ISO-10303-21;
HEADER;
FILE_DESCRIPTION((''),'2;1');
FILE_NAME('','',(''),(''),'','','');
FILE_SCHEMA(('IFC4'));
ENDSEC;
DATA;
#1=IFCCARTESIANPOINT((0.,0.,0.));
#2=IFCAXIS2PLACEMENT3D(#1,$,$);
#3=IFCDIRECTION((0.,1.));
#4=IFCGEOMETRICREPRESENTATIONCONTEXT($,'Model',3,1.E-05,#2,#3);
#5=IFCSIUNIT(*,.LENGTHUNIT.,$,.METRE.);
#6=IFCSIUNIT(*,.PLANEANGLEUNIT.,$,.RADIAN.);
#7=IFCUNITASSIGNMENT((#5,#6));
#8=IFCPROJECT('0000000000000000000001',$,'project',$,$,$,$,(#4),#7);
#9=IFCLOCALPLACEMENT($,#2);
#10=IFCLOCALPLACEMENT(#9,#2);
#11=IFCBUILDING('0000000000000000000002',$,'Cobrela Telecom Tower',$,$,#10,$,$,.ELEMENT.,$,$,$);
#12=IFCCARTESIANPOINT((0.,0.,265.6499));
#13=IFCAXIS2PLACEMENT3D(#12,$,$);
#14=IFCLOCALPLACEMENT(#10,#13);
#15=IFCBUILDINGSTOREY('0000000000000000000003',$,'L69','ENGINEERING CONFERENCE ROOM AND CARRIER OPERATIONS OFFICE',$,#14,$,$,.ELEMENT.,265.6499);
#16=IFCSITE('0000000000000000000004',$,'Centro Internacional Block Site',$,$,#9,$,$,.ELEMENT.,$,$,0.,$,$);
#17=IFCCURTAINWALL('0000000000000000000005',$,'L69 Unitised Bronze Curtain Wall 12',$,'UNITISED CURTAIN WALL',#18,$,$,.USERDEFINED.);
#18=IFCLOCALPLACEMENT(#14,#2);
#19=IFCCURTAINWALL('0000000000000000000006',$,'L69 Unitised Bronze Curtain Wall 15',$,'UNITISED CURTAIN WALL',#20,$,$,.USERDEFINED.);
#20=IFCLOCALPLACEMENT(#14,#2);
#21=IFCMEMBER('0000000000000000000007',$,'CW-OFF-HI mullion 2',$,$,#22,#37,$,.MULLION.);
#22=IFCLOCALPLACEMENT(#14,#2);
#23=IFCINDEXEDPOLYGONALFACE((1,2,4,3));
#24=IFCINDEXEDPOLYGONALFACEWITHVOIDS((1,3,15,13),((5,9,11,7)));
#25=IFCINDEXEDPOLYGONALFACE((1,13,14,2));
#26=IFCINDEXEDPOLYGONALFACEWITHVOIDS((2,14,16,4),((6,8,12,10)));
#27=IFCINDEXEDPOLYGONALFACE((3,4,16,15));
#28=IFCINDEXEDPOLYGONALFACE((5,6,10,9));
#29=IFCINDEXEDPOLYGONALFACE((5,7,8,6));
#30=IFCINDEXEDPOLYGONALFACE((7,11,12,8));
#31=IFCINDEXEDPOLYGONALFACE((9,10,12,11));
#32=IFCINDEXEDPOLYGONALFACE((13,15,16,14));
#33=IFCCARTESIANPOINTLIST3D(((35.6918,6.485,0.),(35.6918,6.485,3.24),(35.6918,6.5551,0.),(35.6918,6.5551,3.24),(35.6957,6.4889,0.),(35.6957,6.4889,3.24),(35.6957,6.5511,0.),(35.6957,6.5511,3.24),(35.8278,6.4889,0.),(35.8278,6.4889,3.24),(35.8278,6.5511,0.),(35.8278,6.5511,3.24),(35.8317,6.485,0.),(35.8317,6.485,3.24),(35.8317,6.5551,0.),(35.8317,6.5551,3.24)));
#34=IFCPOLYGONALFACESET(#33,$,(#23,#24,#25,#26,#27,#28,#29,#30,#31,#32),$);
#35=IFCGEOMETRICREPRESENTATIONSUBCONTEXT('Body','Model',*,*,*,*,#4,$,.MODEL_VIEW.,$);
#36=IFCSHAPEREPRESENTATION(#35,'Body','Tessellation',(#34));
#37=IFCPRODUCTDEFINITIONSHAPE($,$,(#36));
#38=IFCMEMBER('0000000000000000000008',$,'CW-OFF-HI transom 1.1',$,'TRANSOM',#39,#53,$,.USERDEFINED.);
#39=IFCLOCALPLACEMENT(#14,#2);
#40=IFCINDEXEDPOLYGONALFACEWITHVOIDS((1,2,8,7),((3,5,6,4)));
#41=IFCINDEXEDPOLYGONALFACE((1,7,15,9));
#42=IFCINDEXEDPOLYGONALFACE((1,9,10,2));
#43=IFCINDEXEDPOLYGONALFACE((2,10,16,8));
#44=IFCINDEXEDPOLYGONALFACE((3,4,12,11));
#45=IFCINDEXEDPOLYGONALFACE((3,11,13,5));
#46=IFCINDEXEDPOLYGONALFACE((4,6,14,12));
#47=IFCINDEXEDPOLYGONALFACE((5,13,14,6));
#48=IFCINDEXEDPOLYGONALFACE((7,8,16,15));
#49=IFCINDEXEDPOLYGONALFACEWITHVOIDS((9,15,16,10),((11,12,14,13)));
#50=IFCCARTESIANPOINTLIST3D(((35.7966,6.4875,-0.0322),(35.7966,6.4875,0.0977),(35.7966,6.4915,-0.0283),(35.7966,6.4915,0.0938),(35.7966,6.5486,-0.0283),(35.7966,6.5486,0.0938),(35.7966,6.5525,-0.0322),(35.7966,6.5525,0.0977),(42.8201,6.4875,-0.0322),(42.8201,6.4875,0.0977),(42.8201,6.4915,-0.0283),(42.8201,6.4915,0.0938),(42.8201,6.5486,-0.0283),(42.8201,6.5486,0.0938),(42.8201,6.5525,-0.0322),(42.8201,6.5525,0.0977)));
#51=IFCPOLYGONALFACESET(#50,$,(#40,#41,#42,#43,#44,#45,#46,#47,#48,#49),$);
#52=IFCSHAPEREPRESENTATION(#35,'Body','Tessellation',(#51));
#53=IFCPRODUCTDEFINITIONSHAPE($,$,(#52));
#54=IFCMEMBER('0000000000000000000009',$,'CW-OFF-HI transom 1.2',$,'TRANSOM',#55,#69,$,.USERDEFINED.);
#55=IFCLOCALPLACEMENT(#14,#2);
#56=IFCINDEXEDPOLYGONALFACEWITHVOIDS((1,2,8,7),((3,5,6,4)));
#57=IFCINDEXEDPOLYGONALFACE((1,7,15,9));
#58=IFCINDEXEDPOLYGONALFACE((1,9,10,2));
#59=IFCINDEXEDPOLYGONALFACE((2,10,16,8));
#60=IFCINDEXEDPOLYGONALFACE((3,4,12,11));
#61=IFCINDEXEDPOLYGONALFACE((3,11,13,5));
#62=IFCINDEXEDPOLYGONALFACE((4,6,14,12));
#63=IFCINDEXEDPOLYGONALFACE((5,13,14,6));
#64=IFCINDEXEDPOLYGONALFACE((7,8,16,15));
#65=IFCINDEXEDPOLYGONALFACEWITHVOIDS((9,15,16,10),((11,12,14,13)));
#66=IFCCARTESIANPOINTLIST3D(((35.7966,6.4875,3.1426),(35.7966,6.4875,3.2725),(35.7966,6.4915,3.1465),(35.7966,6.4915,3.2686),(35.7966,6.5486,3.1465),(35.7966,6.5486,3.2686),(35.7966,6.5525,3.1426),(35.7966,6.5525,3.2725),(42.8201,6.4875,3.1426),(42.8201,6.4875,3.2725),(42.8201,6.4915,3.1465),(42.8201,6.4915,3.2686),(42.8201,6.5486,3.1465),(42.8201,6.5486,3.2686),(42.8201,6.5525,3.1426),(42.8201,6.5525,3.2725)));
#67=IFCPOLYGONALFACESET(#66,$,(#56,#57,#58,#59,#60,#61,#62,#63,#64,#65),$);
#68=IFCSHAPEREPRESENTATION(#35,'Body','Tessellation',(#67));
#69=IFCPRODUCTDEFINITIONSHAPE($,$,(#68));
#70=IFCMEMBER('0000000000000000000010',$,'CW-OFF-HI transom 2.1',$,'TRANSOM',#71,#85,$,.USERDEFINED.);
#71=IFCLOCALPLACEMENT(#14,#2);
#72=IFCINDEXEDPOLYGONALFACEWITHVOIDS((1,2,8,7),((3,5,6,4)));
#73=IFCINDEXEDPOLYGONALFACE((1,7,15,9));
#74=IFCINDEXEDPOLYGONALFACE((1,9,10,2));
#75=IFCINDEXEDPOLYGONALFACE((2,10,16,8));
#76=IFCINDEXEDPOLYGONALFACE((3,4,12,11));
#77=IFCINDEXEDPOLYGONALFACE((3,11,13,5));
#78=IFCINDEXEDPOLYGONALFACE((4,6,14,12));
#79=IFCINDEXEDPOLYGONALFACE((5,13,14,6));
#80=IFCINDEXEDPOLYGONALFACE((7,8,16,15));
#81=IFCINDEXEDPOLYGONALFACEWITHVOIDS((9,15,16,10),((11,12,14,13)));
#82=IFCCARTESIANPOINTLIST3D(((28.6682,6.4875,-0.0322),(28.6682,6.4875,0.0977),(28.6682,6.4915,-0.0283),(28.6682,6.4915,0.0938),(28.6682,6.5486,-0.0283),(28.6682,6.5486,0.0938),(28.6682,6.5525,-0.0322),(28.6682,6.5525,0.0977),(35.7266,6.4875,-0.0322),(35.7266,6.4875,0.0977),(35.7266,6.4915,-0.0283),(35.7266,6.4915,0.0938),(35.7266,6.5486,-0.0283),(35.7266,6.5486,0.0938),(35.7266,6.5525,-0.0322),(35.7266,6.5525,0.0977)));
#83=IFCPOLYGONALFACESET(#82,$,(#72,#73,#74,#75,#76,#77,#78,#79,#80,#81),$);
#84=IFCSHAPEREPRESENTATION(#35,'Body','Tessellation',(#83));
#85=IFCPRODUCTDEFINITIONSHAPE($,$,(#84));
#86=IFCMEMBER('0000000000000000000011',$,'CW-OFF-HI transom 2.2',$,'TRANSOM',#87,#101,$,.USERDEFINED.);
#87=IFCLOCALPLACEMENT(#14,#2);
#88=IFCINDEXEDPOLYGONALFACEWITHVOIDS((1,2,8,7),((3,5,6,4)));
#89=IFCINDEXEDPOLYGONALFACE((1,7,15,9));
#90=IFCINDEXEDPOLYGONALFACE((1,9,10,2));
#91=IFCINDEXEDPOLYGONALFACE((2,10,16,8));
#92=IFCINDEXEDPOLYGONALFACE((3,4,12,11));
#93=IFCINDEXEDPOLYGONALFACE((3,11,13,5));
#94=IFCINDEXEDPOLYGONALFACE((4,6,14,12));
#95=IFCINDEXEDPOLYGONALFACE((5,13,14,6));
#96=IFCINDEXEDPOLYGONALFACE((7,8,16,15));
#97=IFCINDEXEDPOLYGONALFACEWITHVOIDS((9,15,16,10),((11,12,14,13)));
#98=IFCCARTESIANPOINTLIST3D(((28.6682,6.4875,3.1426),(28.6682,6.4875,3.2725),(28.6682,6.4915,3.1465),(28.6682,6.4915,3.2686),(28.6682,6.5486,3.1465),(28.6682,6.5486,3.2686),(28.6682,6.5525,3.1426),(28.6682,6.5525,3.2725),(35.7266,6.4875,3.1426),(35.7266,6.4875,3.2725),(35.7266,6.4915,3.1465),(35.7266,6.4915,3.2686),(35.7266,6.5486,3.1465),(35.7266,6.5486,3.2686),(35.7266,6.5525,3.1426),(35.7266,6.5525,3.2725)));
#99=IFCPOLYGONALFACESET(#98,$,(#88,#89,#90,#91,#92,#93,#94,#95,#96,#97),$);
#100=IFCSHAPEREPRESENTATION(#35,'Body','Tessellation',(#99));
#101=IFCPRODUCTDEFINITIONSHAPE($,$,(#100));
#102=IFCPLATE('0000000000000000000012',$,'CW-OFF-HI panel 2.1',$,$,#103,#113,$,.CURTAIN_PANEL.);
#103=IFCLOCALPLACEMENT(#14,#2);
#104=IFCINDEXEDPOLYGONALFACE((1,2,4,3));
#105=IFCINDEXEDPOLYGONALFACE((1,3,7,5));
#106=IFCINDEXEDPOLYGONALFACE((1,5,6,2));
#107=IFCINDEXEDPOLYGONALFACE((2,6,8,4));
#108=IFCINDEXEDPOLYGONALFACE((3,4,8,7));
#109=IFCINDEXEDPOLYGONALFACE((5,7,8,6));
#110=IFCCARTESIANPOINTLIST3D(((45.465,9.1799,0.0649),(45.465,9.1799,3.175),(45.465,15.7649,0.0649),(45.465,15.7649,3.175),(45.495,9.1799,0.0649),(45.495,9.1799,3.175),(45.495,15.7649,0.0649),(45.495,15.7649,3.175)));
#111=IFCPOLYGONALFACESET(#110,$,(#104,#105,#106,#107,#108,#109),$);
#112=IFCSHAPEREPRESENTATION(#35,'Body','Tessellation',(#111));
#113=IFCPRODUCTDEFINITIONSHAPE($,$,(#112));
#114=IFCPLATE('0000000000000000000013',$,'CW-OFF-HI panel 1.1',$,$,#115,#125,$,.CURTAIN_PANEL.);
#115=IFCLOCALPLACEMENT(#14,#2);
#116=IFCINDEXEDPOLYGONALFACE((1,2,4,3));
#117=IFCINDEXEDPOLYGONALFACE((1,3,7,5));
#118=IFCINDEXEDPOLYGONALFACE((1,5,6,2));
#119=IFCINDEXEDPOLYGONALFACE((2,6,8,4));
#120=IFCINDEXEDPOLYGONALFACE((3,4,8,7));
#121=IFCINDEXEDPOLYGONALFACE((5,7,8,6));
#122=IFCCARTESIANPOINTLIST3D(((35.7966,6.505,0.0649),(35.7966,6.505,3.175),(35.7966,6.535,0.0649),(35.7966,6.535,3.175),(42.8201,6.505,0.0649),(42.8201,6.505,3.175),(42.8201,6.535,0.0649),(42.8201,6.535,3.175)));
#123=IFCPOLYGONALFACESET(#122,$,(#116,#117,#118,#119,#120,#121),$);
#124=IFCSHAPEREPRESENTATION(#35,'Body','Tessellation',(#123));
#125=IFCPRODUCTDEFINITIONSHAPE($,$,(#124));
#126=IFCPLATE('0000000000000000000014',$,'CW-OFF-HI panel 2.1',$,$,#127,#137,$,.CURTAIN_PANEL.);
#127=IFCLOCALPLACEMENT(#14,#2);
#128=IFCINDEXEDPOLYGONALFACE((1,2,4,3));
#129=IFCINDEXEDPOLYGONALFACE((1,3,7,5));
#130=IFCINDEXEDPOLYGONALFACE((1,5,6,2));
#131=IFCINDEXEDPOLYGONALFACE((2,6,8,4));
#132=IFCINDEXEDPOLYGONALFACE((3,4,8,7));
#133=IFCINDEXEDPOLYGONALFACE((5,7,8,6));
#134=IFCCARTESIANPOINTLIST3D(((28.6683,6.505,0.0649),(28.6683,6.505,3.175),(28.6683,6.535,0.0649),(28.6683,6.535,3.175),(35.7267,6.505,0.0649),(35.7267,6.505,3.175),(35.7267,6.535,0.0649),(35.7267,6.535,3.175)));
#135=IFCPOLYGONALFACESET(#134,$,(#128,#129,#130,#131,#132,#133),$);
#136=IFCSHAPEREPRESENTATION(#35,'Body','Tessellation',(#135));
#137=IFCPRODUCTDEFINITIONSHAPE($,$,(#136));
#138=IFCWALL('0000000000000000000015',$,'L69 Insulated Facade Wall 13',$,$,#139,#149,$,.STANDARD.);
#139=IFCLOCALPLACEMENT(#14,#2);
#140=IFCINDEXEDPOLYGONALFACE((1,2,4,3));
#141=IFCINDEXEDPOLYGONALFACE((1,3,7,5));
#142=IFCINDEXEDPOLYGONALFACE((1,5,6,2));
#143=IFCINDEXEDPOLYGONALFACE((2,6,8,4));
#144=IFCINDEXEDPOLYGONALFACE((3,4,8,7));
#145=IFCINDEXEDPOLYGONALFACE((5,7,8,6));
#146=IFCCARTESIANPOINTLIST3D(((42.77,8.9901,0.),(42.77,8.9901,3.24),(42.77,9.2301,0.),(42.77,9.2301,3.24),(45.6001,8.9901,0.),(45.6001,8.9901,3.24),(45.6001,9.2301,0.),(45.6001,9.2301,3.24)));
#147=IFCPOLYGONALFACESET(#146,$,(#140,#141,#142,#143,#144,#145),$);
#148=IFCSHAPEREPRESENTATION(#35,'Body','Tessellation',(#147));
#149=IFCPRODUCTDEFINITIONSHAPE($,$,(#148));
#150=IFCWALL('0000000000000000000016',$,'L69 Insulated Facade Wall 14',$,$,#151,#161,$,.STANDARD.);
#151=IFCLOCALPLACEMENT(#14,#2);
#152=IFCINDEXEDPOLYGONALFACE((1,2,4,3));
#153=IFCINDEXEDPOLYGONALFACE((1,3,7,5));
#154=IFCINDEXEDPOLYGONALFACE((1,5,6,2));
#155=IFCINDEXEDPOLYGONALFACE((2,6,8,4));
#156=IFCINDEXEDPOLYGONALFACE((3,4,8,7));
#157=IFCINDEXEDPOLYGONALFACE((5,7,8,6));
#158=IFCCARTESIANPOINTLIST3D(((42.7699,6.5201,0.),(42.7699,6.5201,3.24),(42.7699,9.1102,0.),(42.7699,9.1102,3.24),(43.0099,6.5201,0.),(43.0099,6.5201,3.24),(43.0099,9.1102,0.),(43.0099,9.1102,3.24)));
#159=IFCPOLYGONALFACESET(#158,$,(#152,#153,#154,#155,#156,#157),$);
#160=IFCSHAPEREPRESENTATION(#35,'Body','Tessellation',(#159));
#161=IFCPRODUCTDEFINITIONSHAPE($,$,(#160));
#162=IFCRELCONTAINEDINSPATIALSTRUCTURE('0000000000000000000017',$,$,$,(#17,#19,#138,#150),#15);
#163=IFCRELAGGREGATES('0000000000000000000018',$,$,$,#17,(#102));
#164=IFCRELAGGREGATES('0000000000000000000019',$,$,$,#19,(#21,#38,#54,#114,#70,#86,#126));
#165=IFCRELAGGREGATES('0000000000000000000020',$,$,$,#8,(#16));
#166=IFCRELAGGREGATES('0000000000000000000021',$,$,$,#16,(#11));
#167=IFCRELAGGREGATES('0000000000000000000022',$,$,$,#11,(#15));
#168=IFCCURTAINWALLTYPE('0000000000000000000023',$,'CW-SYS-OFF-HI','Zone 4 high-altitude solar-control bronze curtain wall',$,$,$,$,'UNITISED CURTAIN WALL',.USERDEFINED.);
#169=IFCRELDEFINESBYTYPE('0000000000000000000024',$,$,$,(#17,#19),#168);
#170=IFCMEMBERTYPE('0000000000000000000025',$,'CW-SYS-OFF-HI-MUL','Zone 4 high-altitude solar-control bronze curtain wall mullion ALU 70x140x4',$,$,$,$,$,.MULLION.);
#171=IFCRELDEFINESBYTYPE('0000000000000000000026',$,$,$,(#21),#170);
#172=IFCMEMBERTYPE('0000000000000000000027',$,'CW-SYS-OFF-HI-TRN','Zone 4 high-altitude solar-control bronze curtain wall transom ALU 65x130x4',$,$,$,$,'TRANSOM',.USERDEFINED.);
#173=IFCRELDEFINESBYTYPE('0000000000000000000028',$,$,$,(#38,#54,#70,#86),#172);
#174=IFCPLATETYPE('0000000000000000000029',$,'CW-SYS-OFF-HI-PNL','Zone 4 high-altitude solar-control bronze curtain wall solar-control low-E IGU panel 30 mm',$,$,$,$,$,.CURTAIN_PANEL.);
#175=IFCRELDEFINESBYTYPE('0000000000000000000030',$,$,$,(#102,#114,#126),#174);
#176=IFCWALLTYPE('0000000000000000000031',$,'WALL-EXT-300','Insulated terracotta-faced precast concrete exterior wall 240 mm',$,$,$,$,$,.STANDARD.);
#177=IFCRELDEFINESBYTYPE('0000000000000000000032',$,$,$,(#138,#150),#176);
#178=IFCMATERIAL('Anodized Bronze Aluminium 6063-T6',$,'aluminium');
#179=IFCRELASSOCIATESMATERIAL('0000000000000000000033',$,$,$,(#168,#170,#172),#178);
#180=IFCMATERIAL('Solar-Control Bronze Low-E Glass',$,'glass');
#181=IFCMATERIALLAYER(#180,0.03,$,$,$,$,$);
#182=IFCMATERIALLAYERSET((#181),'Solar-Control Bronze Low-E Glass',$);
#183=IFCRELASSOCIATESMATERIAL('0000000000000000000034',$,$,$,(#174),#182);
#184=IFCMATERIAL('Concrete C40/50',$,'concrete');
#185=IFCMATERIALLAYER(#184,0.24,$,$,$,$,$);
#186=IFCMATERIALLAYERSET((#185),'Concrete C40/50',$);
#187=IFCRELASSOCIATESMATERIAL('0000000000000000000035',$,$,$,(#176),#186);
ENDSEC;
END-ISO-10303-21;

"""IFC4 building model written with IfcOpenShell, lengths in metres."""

from ifc_helpers import new_model, si_unit, direction, frame, frame_2d, origin, origin_2d, place, context, subcontext, project, spatial, rectangle, hollow_rectangle, extrude, material, layer, layer_set, material_profile, profile_set, type_object, element, aggregate, save


model = new_model("IFC4")

# Units and contexts
model_context = context("Model", 3, precision=1e-05, world=origin(), true_north=direction((0.0, 1.0)))
body_context = subcontext(model_context, "Body", "Model", "MODEL_VIEW")
ifc_project = project(units=[si_unit("LENGTHUNIT", "METRE"), si_unit("PLANEANGLEUNIT", "RADIAN")], contexts=[model_context])

# Site, building, storey
site_placement = place(None, origin())
site = spatial("IfcSite", under=ifc_project, at=site_placement, Name="Centro Internacional Block Site", CompositionType="ELEMENT", RefElevation=0.0)
building_placement = place(site_placement, origin())
building = spatial("IfcBuilding", under=site, at=building_placement, Name="Cobrela Telecom Tower", CompositionType="ELEMENT")
storey_placement = place(building_placement, frame((0.0, 0.0, 265.6499)))
storey = spatial("IfcBuildingStorey", under=building, at=storey_placement, Name="L69", Description="ENGINEERING CONFERENCE ROOM AND CARRIER OPERATIONS OFFICE", CompositionType="ELEMENT", Elevation=265.6499)

# Curtain wall
ifc_material_1 = material(Name="Anodized Bronze Aluminium 6063-T6", Category="aluminium")
curtain_wall_type = type_object("IfcCurtainWallType", Name="CW-SYS-OFF-HI", Description="Zone 4 high-altitude solar-control bronze curtain wall", ElementType="UNITISED CURTAIN WALL", PredefinedType="USERDEFINED", material=ifc_material_1)
curtain_wall_1_placement = place(storey_placement, origin())
curtain_wall_1 = element("IfcCurtainWall", 1, at=curtain_wall_1_placement, inside=storey, type_object=curtain_wall_type, Name="L69 Unitised Bronze Curtain Wall 12", ObjectType="UNITISED CURTAIN WALL", PredefinedType="USERDEFINED")
ifc_material_profile_1 = material_profile(ifc_material_1, hollow_rectangle(XDim=0.0701, YDim=0.1399, WallThickness=0.0039, at=origin_2d()), Name="ALU 70x140x4")
ifc_profile_set_1 = profile_set([ifc_material_profile_1], Name="Anodized Bronze Aluminium 6063-T6")
member_type_1 = type_object("IfcMemberType", Name="CW-SYS-OFF-HI-MUL", Description="Zone 4 high-altitude solar-control bronze curtain wall mullion ALU 70x140x4", PredefinedType="MULLION", material=ifc_profile_set_1)

# Curtain wall, members
curtain_wall_2_placement = place(storey_placement, origin())
curtain_wall_2 = element("IfcCurtainWall", 2, at=curtain_wall_2_placement, inside=storey, type_object=curtain_wall_type, Name="L69 Unitised Bronze Curtain Wall 15", ObjectType="UNITISED CURTAIN WALL", PredefinedType="USERDEFINED")
member_1_placement = place(storey_placement, frame((35.7617, 6.52, 0.0), z_axis=(0.0, 0.0, 1.0), x_axis=(0.0, -1.0, 0.0)))
member_1 = element("IfcMember", 3, at=member_1_placement, type_object=member_type_1, Name="CW-OFF-HI mullion 2", PredefinedType="MULLION", context=body_context, shape_type="SweptSolid", body=[
    extrude(hollow_rectangle(XDim=0.0701, YDim=0.1399, WallThickness=0.0039, at=origin_2d()), origin(), (0.0, 0.0, 1.0), 3.24),
])
ifc_material_profile_2 = material_profile(ifc_material_1, hollow_rectangle(XDim=0.0649, YDim=0.1299, WallThickness=0.0039, at=origin_2d()), Name="ALU 65x130x4")
ifc_profile_set_2 = profile_set([ifc_material_profile_2], Name="Anodized Bronze Aluminium 6063-T6")
member_type_2 = type_object("IfcMemberType", Name="CW-SYS-OFF-HI-TRN", Description="Zone 4 high-altitude solar-control bronze curtain wall transom ALU 65x130x4", ElementType="TRANSOM", PredefinedType="USERDEFINED", material=ifc_profile_set_2)
member_2_placement = place(storey_placement, frame((42.8201, 6.52, 0.0327), z_axis=(-1.0, 0.0, 0.0), x_axis=(0.0, -1.0, 0.0)))
member_2 = element("IfcMember", 4, at=member_2_placement, type_object=member_type_2, Name="CW-OFF-HI transom 1.1", ObjectType="TRANSOM", PredefinedType="USERDEFINED", context=body_context, shape_type="SweptSolid", body=[
    extrude(hollow_rectangle(XDim=0.0649, YDim=0.1299, WallThickness=0.0039, at=origin_2d()), origin(), (0.0, 0.0, 1.0), 7.0234),
])
member_3_placement = place(storey_placement, frame((42.8201, 6.52, 3.2075), z_axis=(-1.0, 0.0, 0.0), x_axis=(0.0, -1.0, 0.0)))
member_3 = element("IfcMember", 5, at=member_3_placement, type_object=member_type_2, Name="CW-OFF-HI transom 1.2", ObjectType="TRANSOM", PredefinedType="USERDEFINED", context=body_context, shape_type="SweptSolid", body=[
    extrude(hollow_rectangle(XDim=0.0649, YDim=0.1299, WallThickness=0.0039, at=origin_2d()), origin(), (0.0, 0.0, 1.0), 7.0234),
])
member_4_placement = place(storey_placement, frame((35.7266, 6.52, 0.0327), z_axis=(-1.0, 0.0, 0.0), x_axis=(0.0, -1.0, 0.0)))
member_4 = element("IfcMember", 6, at=member_4_placement, type_object=member_type_2, Name="CW-OFF-HI transom 2.1", ObjectType="TRANSOM", PredefinedType="USERDEFINED", context=body_context, shape_type="SweptSolid", body=[
    extrude(hollow_rectangle(XDim=0.0649, YDim=0.1299, WallThickness=0.0039, at=origin_2d()), origin(), (0.0, 0.0, 1.0), 7.0583),
])
member_5_placement = place(storey_placement, frame((35.7266, 6.52, 3.2075), z_axis=(-1.0, 0.0, 0.0), x_axis=(0.0, -1.0, 0.0)))
member_5 = element("IfcMember", 7, at=member_5_placement, type_object=member_type_2, Name="CW-OFF-HI transom 2.2", ObjectType="TRANSOM", PredefinedType="USERDEFINED", context=body_context, shape_type="SweptSolid", body=[
    extrude(hollow_rectangle(XDim=0.0649, YDim=0.1299, WallThickness=0.0039, at=origin_2d()), origin(), (0.0, 0.0, 1.0), 7.0583),
])

# Plates
ifc_material_2 = material(Name="Solar-Control Bronze Low-E Glass", Category="glass")
ifc_layer_1 = layer(ifc_material_2, 0.03)
ifc_layer_set_1 = layer_set([ifc_layer_1], Name="Solar-Control Bronze Low-E Glass")
plate_type = type_object("IfcPlateType", Name="CW-SYS-OFF-HI-PNL", Description="Zone 4 high-altitude solar-control bronze curtain wall solar-control low-E IGU panel 30 mm", PredefinedType="CURTAIN_PANEL", material=ifc_layer_set_1)
plate_1_placement = place(storey_placement, frame((45.48, 12.4724, 0.0649), z_axis=(0.0, 0.0, 1.0), x_axis=(0.0, -1.0, 0.0)))
plate_1 = element("IfcPlate", 8, at=plate_1_placement, type_object=plate_type, Name="CW-OFF-HI panel 2.1", PredefinedType="CURTAIN_PANEL", context=body_context, shape_type="SweptSolid", body=[
    extrude(rectangle(XDim=6.585, YDim=0.03, at=origin_2d()), origin(), (0.0, 0.0, 1.0), 3.1101),
])
aggregate(curtain_wall_1, [plate_1])
plate_2_placement = place(storey_placement, frame((39.3083, 6.52, 0.0649), z_axis=(0.0, 0.0, 1.0), x_axis=(-1.0, 0.0, 0.0)))
plate_2 = element("IfcPlate", 9, at=plate_2_placement, type_object=plate_type, Name="CW-OFF-HI panel 1.1", PredefinedType="CURTAIN_PANEL", context=body_context, shape_type="SweptSolid", body=[
    extrude(rectangle(XDim=7.0234, YDim=0.03, at=origin_2d()), origin(), (0.0, 0.0, 1.0), 3.1101),
])
plate_3_placement = place(storey_placement, frame((32.1975, 6.52, 0.0649), z_axis=(0.0, 0.0, 1.0), x_axis=(-1.0, 0.0, 0.0)))
plate_3 = element("IfcPlate", 10, at=plate_3_placement, type_object=plate_type, Name="CW-OFF-HI panel 2.1", PredefinedType="CURTAIN_PANEL", context=body_context, shape_type="SweptSolid", body=[
    extrude(rectangle(XDim=7.0583, YDim=0.03, at=origin_2d()), origin(), (0.0, 0.0, 1.0), 3.1101),
])
aggregate(curtain_wall_2, [member_1, member_2, member_3, plate_2, member_4, member_5, plate_3])

# Walls
ifc_material_3 = material(Name="Concrete C40/50", Category="concrete")
ifc_layer_2 = layer(ifc_material_3, 0.24)
ifc_layer_set_2 = layer_set([ifc_layer_2], Name="Concrete C40/50")
wall_type = type_object("IfcWallType", Name="WALL-EXT-300", Description="Insulated terracotta-faced precast concrete exterior wall 240 mm", PredefinedType="STANDARD", material=ifc_layer_set_2)
wall_1_placement = place(storey_placement, frame((45.6001, 9.1101, 0.0), z_axis=(0.0, 0.0, 1.0), x_axis=(-1.0, 0.0, 0.0)))
element("IfcWall", 11, at=wall_1_placement, inside=storey, type_object=wall_type, Name="L69 Insulated Facade Wall 13", PredefinedType="STANDARD", context=body_context, shape_type="SweptSolid", body=[
    extrude(rectangle(XDim=2.8301, YDim=0.24, at=frame_2d((1.415, 0.0))), origin(), (0.0, 0.0, 1.0), 3.24),
])
wall_2_placement = place(storey_placement, frame((42.8899, 9.1101, 0.0), z_axis=(0.0, 0.0, 1.0), x_axis=(0.0, -1.0, 0.0)))
element("IfcWall", 12, at=wall_2_placement, inside=storey, type_object=wall_type, Name="L69 Insulated Facade Wall 14", PredefinedType="STANDARD", context=body_context, shape_type="SweptSolid", body=[
    extrude(rectangle(XDim=2.5901, YDim=0.24, at=frame_2d((1.2949, 0.0))), origin(), (0.0, 0.0, 1.0), 3.24),
])

save(model, "model.ifc")
